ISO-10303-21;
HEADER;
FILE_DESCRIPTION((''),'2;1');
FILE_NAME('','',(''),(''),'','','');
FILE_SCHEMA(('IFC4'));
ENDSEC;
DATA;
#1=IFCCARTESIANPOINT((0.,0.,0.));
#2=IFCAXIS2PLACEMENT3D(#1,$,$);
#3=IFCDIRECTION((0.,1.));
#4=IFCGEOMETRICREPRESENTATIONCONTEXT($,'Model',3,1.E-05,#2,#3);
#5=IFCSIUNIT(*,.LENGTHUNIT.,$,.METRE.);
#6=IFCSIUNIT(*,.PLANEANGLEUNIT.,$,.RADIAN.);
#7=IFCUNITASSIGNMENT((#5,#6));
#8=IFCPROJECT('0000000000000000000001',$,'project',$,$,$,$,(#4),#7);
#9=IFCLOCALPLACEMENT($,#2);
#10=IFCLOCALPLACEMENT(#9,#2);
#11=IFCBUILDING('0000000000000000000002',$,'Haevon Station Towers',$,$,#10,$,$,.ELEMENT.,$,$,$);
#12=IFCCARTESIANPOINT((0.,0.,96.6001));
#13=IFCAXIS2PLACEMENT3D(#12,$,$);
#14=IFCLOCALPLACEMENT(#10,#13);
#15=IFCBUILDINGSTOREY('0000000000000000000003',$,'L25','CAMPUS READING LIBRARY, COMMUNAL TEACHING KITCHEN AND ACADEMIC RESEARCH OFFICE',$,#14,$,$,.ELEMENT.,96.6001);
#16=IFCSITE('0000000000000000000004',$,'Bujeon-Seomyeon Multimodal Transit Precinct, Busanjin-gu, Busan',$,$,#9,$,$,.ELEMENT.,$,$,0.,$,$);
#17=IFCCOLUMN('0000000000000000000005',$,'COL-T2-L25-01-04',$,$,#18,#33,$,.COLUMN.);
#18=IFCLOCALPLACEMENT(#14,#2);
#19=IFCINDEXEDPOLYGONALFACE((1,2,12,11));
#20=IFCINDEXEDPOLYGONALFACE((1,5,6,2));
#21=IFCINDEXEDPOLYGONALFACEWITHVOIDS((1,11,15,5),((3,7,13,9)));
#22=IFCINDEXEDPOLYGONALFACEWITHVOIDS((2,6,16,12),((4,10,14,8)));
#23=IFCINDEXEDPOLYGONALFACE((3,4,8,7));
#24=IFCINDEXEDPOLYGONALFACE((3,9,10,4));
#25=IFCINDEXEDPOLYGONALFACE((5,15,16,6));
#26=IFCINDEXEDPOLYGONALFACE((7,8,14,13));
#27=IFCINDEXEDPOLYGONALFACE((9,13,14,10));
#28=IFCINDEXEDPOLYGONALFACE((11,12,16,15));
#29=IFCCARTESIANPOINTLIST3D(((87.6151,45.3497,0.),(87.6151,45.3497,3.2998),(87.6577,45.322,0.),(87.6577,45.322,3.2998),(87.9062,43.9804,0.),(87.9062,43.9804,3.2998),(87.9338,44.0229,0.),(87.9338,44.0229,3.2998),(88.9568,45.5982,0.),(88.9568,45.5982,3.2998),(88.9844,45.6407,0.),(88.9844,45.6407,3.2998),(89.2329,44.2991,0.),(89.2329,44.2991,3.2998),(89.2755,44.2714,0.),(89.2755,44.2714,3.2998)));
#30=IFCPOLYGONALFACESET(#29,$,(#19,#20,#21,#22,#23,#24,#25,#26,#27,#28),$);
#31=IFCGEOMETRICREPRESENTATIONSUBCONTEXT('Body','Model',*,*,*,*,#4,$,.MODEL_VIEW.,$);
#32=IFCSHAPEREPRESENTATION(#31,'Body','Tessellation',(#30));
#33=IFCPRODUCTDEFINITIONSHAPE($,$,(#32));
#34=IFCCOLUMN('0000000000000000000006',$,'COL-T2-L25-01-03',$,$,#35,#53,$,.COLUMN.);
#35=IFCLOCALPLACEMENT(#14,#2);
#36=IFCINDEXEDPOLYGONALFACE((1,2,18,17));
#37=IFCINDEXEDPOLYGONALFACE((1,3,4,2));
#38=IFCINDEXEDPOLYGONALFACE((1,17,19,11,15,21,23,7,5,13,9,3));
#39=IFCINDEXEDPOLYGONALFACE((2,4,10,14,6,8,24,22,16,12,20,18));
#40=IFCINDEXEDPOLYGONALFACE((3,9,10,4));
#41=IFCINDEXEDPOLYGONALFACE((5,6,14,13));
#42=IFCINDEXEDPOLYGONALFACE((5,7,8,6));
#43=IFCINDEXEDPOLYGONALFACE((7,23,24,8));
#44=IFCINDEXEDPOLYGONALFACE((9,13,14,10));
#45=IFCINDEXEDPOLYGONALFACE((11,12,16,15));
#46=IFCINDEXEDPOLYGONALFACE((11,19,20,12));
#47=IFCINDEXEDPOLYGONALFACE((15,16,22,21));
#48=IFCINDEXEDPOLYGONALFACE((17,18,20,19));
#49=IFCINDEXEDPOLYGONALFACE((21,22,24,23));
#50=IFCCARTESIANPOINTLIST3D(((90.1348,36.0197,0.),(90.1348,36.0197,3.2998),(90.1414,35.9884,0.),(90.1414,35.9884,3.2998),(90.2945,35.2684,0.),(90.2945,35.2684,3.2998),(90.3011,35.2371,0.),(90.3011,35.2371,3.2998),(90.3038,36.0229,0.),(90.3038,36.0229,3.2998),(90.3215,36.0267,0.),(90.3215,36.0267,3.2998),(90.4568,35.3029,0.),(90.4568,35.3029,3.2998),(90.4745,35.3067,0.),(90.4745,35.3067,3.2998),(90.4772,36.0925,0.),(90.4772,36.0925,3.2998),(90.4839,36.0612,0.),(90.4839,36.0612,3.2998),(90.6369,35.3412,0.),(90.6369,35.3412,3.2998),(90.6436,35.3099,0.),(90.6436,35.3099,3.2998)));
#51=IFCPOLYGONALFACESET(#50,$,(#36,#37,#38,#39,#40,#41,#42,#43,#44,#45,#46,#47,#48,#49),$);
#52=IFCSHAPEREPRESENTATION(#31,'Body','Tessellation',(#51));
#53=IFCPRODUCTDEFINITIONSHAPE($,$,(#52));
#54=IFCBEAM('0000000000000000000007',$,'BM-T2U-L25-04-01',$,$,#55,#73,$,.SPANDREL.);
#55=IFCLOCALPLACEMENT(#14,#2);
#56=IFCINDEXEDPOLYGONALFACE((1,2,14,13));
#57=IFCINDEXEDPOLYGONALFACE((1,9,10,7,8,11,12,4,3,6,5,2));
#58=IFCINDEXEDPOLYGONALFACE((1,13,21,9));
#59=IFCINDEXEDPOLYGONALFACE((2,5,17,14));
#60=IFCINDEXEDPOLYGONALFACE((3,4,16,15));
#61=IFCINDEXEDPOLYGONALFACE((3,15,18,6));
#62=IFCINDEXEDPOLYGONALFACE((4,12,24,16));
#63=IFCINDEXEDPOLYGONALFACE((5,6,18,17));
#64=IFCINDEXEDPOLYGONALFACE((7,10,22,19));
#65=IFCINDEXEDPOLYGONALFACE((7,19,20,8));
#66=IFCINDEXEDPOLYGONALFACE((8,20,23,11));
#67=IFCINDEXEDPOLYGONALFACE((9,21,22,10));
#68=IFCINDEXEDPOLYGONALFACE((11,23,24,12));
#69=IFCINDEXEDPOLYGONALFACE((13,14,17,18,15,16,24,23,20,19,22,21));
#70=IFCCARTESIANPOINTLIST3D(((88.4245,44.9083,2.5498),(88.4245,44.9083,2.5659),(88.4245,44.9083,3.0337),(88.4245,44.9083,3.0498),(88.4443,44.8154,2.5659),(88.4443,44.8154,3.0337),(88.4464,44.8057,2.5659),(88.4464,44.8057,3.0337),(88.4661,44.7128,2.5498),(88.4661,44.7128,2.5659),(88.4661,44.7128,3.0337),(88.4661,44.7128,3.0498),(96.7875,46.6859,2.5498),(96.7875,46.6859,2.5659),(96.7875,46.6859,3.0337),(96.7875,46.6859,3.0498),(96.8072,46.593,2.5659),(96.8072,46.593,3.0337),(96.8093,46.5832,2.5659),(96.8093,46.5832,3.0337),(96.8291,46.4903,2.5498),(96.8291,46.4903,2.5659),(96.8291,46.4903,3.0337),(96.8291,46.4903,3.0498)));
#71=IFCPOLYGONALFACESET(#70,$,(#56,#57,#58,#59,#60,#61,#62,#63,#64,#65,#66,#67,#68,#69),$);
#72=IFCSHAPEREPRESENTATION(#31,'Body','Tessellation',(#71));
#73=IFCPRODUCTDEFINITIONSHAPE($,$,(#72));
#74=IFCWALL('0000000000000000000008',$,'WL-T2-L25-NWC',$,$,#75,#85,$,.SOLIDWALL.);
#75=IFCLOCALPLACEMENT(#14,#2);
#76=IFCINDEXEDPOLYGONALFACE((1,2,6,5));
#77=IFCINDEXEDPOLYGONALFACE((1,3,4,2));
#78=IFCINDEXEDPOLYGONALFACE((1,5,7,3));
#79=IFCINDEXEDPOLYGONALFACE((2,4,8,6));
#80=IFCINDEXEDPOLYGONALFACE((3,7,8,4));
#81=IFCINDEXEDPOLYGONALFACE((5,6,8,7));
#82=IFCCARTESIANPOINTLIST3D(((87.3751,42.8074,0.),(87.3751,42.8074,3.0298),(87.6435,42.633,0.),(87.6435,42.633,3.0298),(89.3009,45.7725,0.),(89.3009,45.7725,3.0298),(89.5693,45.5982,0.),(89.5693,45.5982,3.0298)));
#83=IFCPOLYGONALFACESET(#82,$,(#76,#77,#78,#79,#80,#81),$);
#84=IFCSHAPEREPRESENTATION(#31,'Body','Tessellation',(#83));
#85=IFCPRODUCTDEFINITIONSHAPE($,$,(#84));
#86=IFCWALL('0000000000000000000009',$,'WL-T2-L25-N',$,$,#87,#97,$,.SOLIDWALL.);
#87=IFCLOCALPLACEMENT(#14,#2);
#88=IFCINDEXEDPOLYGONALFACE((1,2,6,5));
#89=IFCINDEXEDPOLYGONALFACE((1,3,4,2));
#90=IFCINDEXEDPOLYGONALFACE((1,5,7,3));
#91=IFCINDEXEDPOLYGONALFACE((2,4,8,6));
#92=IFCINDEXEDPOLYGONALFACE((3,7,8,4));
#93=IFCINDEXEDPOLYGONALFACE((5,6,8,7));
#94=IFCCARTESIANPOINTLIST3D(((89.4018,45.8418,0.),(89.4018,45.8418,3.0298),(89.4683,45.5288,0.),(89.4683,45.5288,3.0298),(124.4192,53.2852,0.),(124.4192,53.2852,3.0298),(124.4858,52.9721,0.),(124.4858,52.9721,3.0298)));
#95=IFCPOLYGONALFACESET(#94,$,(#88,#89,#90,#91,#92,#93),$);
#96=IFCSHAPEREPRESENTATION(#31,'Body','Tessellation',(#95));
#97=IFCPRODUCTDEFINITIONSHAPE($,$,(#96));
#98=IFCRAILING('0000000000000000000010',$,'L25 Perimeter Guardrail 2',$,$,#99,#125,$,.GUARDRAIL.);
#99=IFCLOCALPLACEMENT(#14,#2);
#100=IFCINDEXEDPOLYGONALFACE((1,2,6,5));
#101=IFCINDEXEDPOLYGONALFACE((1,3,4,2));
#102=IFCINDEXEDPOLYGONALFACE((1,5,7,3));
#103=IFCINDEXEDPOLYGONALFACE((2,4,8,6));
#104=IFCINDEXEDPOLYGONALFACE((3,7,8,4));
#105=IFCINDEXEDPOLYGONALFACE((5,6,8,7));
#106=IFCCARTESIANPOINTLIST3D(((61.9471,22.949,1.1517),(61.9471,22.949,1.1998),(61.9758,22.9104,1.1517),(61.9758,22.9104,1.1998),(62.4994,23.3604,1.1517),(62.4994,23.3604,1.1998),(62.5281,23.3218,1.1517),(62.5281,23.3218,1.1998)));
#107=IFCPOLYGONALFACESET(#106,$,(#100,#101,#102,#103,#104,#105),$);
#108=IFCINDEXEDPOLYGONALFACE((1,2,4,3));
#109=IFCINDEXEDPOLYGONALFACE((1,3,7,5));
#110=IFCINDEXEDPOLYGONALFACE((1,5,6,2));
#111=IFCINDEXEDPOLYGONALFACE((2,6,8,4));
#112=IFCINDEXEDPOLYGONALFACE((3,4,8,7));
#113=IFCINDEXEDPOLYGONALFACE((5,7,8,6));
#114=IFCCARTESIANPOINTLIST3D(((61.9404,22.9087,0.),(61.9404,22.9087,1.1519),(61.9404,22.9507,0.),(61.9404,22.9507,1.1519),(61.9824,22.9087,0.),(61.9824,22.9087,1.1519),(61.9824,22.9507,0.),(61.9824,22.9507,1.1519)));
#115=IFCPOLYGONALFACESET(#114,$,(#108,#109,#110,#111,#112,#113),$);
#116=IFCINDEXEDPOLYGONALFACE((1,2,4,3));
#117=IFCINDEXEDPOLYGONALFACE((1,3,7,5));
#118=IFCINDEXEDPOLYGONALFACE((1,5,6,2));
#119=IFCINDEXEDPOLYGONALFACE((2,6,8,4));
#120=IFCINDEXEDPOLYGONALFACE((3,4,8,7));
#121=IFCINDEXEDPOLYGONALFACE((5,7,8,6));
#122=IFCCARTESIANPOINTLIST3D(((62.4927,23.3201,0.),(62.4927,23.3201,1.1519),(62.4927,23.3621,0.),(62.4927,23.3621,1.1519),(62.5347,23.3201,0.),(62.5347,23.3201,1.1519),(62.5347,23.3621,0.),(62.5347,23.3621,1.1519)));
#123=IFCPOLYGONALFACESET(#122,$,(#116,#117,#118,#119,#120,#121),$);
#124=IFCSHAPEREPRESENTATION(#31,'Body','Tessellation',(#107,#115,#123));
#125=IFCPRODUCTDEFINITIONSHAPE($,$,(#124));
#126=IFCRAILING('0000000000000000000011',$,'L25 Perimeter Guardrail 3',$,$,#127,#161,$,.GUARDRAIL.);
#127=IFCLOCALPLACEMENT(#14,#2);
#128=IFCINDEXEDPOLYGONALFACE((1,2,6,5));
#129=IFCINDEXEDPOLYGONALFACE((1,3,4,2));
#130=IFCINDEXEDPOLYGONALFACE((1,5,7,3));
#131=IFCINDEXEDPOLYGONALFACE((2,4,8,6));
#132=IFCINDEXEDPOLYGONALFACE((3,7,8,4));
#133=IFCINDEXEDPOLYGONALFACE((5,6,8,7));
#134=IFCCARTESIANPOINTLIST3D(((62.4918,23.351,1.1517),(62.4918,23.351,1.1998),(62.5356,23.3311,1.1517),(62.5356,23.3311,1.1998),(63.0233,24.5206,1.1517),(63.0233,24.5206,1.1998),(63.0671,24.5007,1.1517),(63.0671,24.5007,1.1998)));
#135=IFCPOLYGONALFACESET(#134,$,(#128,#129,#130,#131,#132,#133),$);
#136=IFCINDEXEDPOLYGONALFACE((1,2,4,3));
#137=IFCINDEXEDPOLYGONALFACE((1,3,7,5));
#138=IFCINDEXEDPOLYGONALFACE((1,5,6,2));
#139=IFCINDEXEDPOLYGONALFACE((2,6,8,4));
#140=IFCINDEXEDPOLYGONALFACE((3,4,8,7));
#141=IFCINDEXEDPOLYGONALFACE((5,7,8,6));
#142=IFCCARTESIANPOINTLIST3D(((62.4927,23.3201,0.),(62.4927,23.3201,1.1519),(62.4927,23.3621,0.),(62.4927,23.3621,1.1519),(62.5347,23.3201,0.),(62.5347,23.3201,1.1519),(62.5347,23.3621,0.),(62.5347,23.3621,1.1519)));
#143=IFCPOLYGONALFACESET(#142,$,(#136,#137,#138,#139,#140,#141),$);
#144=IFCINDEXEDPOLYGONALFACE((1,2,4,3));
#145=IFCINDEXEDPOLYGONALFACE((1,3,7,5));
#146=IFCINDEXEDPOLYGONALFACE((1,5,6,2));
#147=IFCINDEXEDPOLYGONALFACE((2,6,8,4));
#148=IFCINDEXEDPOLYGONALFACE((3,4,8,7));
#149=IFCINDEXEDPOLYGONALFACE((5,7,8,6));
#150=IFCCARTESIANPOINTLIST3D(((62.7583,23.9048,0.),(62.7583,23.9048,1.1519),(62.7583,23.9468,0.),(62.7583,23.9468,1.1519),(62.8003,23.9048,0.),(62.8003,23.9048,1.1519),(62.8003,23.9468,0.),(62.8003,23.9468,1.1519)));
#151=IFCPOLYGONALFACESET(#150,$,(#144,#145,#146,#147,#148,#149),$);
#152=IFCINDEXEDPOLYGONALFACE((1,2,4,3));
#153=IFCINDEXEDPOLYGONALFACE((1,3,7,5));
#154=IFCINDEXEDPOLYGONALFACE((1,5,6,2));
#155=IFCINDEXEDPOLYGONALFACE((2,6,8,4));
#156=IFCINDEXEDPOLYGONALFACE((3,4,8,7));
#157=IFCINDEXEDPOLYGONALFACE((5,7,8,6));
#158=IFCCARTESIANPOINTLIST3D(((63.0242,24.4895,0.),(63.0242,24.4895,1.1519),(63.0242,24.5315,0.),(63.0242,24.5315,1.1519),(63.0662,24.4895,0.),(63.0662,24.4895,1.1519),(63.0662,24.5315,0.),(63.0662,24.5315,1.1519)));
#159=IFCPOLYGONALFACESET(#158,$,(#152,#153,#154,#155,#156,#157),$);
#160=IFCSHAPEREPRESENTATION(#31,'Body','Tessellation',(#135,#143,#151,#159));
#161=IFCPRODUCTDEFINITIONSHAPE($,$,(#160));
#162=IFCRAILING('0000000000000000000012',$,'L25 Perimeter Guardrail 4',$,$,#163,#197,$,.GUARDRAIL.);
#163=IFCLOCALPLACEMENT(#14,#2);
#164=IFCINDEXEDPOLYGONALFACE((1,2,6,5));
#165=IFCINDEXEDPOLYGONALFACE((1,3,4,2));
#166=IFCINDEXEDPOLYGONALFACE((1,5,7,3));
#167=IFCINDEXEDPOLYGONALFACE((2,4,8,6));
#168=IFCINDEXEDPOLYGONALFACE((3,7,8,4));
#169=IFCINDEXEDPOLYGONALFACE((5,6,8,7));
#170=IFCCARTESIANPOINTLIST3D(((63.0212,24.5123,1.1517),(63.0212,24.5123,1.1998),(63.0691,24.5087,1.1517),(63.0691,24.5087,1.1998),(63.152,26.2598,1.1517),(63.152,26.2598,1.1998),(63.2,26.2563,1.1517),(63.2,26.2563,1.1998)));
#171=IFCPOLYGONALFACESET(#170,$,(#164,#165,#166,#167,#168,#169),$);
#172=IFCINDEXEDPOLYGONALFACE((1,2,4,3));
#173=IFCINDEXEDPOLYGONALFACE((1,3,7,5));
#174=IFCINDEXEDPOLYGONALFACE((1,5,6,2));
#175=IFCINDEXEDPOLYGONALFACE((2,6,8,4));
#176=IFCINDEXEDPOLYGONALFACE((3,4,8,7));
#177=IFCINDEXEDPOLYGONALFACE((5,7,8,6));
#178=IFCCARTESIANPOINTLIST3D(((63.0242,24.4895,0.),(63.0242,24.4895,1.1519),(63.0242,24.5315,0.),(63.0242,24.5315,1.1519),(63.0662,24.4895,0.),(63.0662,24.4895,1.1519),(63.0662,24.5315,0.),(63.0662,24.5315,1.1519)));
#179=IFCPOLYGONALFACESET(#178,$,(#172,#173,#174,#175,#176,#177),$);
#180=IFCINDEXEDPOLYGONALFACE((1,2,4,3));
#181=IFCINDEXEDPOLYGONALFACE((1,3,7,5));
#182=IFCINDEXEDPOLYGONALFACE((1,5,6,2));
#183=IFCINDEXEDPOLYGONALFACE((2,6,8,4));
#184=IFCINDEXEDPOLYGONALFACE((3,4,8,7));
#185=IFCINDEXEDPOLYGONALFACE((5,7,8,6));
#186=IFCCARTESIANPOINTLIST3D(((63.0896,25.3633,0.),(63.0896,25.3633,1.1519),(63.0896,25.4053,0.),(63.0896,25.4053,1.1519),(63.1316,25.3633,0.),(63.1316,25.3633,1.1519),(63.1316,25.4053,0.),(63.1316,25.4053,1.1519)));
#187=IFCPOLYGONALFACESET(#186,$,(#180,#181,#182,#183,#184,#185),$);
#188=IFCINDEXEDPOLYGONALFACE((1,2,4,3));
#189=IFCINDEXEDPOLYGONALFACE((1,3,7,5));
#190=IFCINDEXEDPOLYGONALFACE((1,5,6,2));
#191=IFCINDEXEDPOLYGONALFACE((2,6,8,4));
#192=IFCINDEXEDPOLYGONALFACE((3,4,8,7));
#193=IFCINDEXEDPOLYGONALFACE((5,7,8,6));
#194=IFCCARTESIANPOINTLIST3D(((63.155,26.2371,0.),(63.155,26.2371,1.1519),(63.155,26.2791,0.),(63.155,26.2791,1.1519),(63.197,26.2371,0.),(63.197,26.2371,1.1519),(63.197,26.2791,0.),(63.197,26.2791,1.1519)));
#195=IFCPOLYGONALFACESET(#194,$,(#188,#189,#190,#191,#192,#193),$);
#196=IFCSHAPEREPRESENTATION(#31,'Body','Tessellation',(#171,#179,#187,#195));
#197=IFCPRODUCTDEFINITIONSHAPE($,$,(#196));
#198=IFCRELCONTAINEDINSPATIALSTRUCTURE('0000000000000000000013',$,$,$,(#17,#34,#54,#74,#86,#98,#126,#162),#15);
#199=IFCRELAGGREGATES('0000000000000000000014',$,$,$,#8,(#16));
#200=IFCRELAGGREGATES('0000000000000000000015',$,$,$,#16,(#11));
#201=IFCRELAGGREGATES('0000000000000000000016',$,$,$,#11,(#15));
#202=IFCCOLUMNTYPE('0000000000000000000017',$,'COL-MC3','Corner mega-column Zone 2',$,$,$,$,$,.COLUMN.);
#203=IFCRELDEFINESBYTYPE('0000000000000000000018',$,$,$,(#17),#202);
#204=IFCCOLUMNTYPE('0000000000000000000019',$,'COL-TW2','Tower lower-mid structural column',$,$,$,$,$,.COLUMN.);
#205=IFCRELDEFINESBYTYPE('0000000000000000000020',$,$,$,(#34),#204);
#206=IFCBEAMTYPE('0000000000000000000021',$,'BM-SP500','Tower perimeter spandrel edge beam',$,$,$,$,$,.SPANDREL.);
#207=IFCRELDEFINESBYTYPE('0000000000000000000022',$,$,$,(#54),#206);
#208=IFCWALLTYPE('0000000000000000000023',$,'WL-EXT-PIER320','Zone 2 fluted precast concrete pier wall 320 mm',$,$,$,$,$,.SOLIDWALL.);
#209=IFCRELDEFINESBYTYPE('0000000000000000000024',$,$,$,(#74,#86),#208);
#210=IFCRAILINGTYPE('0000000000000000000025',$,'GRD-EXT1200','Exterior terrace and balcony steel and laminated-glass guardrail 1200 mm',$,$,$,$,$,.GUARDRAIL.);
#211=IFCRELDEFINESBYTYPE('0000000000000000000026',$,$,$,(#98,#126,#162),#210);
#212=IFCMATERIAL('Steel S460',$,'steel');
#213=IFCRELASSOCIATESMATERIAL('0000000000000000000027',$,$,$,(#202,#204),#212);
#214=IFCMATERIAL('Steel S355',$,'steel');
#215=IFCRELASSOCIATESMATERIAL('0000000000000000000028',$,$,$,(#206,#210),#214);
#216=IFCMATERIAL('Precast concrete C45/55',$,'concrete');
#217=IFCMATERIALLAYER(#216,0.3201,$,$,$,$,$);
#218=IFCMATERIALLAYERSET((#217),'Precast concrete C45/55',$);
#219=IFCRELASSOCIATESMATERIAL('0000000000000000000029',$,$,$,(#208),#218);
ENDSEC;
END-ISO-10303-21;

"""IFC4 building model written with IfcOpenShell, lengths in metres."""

from ifc_helpers import new_model, si_unit, direction, frame, frame_2d, origin, origin_2d, place, context, subcontext, project, spatial, rectangle, hollow_rectangle, i_section, extrude, material, layer, layer_set, material_profile, profile_set, type_object, element, save


model = new_model("IFC4")

# Units and contexts
model_context = context("Model", 3, precision=1e-05, world=origin(), true_north=direction((0.0, 1.0)))
body_context = subcontext(model_context, "Body", "Model", "MODEL_VIEW")
ifc_project = project(units=[si_unit("LENGTHUNIT", "METRE"), si_unit("PLANEANGLEUNIT", "RADIAN")], contexts=[model_context])

# Site, building, storey
site_placement = place(None, origin())
site = spatial("IfcSite", under=ifc_project, at=site_placement, Name="Bujeon-Seomyeon Multimodal Transit Precinct, Busanjin-gu, Busan", CompositionType="ELEMENT", RefElevation=0.0)
building_placement = place(site_placement, origin())
building = spatial("IfcBuilding", under=site, at=building_placement, Name="Haevon Station Towers", CompositionType="ELEMENT")
storey_placement = place(building_placement, frame((0.0, 0.0, 96.6001)))
storey = spatial("IfcBuildingStorey", under=building, at=storey_placement, Name="L25", Description="CAMPUS READING LIBRARY, COMMUNAL TEACHING KITCHEN AND ACADEMIC RESEARCH OFFICE", CompositionType="ELEMENT", Elevation=96.6001)

# Columns
ifc_material_1 = material(Name="Steel S460", Category="steel")
ifc_material_profile_1 = material_profile(ifc_material_1, hollow_rectangle(XDim=1.3999, YDim=1.3999, WallThickness=0.0359, at=origin_2d()), Name="BOX-1400x1400x36")
ifc_profile_set_1 = profile_set([ifc_material_profile_1], Name="Steel S460")
column_type_1 = type_object("IfcColumnType", Name="COL-MC3", Description="Corner mega-column Zone 2", PredefinedType="COLUMN", material=ifc_profile_set_1)
column_1_placement = place(storey_placement, frame((88.4453, 44.8105, 0.0), z_axis=(0.0, 0.0, 1.0), x_axis=(0.978148, 0.207912, 0.0)))
element("IfcColumn", 1, at=column_1_placement, inside=storey, type_object=column_type_1, Name="COL-T2-L25-01-04", PredefinedType="COLUMN", context=body_context, shape_type="SweptSolid", body=[
    extrude(hollow_rectangle(XDim=1.3999, YDim=1.3999, WallThickness=0.0359, at=origin_2d()), origin(), (0.0, 0.0, 1.0), 3.2998),
])
ifc_material_profile_2 = material_profile(ifc_material_1, i_section(OverallWidth=0.3501, OverallDepth=0.8, WebThickness=0.0181, FlangeThickness=0.032, at=origin_2d()), Name="H-800x350x18x32")
ifc_profile_set_2 = profile_set([ifc_material_profile_2], Name="Steel S460")
column_type_2 = type_object("IfcColumnType", Name="COL-TW2", Description="Tower lower-mid structural column", PredefinedType="COLUMN", material=ifc_profile_set_2)
column_2_placement = place(storey_placement, frame((90.3892, 35.6648, 0.0), z_axis=(0.0, 0.0, 1.0), x_axis=(0.978148, 0.207912, 0.0)))
element("IfcColumn", 2, at=column_2_placement, inside=storey, type_object=column_type_2, Name="COL-T2-L25-01-03", PredefinedType="COLUMN", context=body_context, shape_type="SweptSolid", body=[
    extrude(i_section(OverallWidth=0.3501, OverallDepth=0.8, WebThickness=0.0181, FlangeThickness=0.032, at=origin_2d()), origin(), (0.0, 0.0, 1.0), 3.2998),
])

# Beam
ifc_material_2 = material(Name="Steel S355", Category="steel")
ifc_material_profile_3 = material_profile(ifc_material_2, i_section(OverallWidth=0.2, OverallDepth=0.5, WebThickness=0.01, FlangeThickness=0.0161, at=origin_2d()), Name="H-500x200x10x16")
ifc_profile_set_3 = profile_set([ifc_material_profile_3], Name="Steel S355")
beam_type = type_object("IfcBeamType", Name="BM-SP500", Description="Tower perimeter spandrel edge beam", PredefinedType="SPANDREL", material=ifc_profile_set_3)
beam_placement = place(storey_placement, frame((88.4453, 44.8105, 2.7998), z_axis=(0.978148, 0.207908, 0.0), x_axis=(-0.207908, 0.978148, 0.0)))
element("IfcBeam", 3, at=beam_placement, inside=storey, type_object=beam_type, Name="BM-T2U-L25-04-01", PredefinedType="SPANDREL", context=body_context, shape_type="SweptSolid", body=[
    extrude(i_section(OverallWidth=0.2, OverallDepth=0.5, WebThickness=0.01, FlangeThickness=0.0161, at=origin_2d()), origin(), (0.0, 0.0, 1.0), 8.5498),
])

# Walls
ifc_material_3 = material(Name="Precast concrete C45/55", Category="concrete")
ifc_layer = layer(ifc_material_3, 0.3201)
ifc_layer_set = layer_set([ifc_layer], Name="Precast concrete C45/55")
wall_type = type_object("IfcWallType", Name="WL-EXT-PIER320", Description="Zone 2 fluted precast concrete pier wall 320 mm", PredefinedType="SOLIDWALL", material=ifc_layer_set)
wall_1_placement = place(storey_placement, frame((87.5093, 42.7202, 0.0), z_axis=(0.0, 0.0, 1.0), x_axis=(0.544685, 0.838641, 0.0)))
element("IfcWall", 4, at=wall_1_placement, inside=storey, type_object=wall_type, Name="WL-T2-L25-NWC", PredefinedType="SOLIDWALL", context=body_context, shape_type="SweptSolid", body=[
    extrude(rectangle(XDim=3.5356, YDim=0.3201, at=frame_2d((1.7678, 0.0))), origin(), (0.0, 0.0, 1.0), 3.0298),
])
wall_2_placement = place(storey_placement, frame((89.4351, 45.6853, 0.0), z_axis=(0.0, 0.0, 1.0), x_axis=(0.978147, 0.207916, 0.0)))
element("IfcWall", 5, at=wall_2_placement, inside=storey, type_object=wall_type, Name="WL-T2-L25-N", PredefinedType="SOLIDWALL", context=body_context, shape_type="SweptSolid", body=[
    extrude(rectangle(XDim=35.7998, YDim=0.3201, at=frame_2d((17.8999, 0.0))), origin(), (0.0, 0.0, 1.0), 3.0298),
])

# Railings
railing_type = type_object("IfcRailingType", Name="GRD-EXT1200", Description="Exterior terrace and balcony steel and laminated-glass guardrail 1200 mm", PredefinedType="GUARDRAIL", material=ifc_material_2)
railing_1_placement = place(storey_placement, frame((61.9614, 22.9297, 0.0)))
element("IfcRailing", 6, at=railing_1_placement, inside=storey, type_object=railing_type, Name="L25 Perimeter Guardrail 2", PredefinedType="GUARDRAIL", context=body_context, shape_type="SweptSolid", body=[
    extrude(rectangle(XDim=0.0481, YDim=0.0481, at=origin_2d()), frame((0.0, 0.0, 1.1758), z_axis=(0.801953, 0.597387, 0.0), x_axis=(-0.597387, 0.801953, 0.0)), (0.0, 0.0, 1.0), 0.6887),
    extrude(rectangle(XDim=0.042, YDim=0.042, at=origin_2d()), origin(), (0.0, 0.0, 1.0), 1.1519),
    extrude(rectangle(XDim=0.042, YDim=0.042, at=origin_2d()), frame((0.5522, 0.4114, 0.0)), (0.0, 0.0, 1.0), 1.1519),
])
railing_2_placement = place(storey_placement, frame((62.5137, 23.3411, 0.0)))
element("IfcRailing", 7, at=railing_2_placement, inside=storey, type_object=railing_type, Name="L25 Perimeter Guardrail 3", PredefinedType="GUARDRAIL", context=body_context, shape_type="SweptSolid", body=[
    extrude(rectangle(XDim=0.0481, YDim=0.0481, at=origin_2d()), frame((0.0, 0.0, 1.1758), z_axis=(0.41376, 0.910386, 0.0), x_axis=(-0.910386, 0.41376, 0.0)), (0.0, 0.0, 1.0), 1.2847),
    extrude(rectangle(XDim=0.042, YDim=0.042, at=origin_2d()), origin(), (0.0, 0.0, 1.0), 1.1519),
    extrude(rectangle(XDim=0.042, YDim=0.042, at=origin_2d()), frame((0.2656, 0.5847, 0.0)), (0.0, 0.0, 1.0), 1.1519),
    extrude(rectangle(XDim=0.042, YDim=0.042, at=origin_2d()), frame((0.5315, 1.1694, 0.0)), (0.0, 0.0, 1.0), 1.1519),
])
railing_3_placement = place(storey_placement, frame((63.0452, 24.5105, 0.0)))
element("IfcRailing", 8, at=railing_3_placement, inside=storey, type_object=railing_type, Name="L25 Perimeter Guardrail 4", PredefinedType="GUARDRAIL", context=body_context, shape_type="SweptSolid", body=[
    extrude(rectangle(XDim=0.0481, YDim=0.0481, at=origin_2d()), frame((0.0, 0.0, 1.1758), z_axis=(0.074672, 0.997208, 0.0), x_axis=(-0.997208, 0.074672, 0.0)), (0.0, 0.0, 1.0), 1.7524),
    extrude(rectangle(XDim=0.042, YDim=0.042, at=origin_2d()), origin(), (0.0, 0.0, 1.0), 1.1519),
    extrude(rectangle(XDim=0.042, YDim=0.042, at=origin_2d()), frame((0.0654, 0.8738, 0.0)), (0.0, 0.0, 1.0), 1.1519),
    extrude(rectangle(XDim=0.042, YDim=0.042, at=origin_2d()), frame((0.1309, 1.7476, 0.0)), (0.0, 0.0, 1.0), 1.1519),
])

save(model, "model.ifc")
